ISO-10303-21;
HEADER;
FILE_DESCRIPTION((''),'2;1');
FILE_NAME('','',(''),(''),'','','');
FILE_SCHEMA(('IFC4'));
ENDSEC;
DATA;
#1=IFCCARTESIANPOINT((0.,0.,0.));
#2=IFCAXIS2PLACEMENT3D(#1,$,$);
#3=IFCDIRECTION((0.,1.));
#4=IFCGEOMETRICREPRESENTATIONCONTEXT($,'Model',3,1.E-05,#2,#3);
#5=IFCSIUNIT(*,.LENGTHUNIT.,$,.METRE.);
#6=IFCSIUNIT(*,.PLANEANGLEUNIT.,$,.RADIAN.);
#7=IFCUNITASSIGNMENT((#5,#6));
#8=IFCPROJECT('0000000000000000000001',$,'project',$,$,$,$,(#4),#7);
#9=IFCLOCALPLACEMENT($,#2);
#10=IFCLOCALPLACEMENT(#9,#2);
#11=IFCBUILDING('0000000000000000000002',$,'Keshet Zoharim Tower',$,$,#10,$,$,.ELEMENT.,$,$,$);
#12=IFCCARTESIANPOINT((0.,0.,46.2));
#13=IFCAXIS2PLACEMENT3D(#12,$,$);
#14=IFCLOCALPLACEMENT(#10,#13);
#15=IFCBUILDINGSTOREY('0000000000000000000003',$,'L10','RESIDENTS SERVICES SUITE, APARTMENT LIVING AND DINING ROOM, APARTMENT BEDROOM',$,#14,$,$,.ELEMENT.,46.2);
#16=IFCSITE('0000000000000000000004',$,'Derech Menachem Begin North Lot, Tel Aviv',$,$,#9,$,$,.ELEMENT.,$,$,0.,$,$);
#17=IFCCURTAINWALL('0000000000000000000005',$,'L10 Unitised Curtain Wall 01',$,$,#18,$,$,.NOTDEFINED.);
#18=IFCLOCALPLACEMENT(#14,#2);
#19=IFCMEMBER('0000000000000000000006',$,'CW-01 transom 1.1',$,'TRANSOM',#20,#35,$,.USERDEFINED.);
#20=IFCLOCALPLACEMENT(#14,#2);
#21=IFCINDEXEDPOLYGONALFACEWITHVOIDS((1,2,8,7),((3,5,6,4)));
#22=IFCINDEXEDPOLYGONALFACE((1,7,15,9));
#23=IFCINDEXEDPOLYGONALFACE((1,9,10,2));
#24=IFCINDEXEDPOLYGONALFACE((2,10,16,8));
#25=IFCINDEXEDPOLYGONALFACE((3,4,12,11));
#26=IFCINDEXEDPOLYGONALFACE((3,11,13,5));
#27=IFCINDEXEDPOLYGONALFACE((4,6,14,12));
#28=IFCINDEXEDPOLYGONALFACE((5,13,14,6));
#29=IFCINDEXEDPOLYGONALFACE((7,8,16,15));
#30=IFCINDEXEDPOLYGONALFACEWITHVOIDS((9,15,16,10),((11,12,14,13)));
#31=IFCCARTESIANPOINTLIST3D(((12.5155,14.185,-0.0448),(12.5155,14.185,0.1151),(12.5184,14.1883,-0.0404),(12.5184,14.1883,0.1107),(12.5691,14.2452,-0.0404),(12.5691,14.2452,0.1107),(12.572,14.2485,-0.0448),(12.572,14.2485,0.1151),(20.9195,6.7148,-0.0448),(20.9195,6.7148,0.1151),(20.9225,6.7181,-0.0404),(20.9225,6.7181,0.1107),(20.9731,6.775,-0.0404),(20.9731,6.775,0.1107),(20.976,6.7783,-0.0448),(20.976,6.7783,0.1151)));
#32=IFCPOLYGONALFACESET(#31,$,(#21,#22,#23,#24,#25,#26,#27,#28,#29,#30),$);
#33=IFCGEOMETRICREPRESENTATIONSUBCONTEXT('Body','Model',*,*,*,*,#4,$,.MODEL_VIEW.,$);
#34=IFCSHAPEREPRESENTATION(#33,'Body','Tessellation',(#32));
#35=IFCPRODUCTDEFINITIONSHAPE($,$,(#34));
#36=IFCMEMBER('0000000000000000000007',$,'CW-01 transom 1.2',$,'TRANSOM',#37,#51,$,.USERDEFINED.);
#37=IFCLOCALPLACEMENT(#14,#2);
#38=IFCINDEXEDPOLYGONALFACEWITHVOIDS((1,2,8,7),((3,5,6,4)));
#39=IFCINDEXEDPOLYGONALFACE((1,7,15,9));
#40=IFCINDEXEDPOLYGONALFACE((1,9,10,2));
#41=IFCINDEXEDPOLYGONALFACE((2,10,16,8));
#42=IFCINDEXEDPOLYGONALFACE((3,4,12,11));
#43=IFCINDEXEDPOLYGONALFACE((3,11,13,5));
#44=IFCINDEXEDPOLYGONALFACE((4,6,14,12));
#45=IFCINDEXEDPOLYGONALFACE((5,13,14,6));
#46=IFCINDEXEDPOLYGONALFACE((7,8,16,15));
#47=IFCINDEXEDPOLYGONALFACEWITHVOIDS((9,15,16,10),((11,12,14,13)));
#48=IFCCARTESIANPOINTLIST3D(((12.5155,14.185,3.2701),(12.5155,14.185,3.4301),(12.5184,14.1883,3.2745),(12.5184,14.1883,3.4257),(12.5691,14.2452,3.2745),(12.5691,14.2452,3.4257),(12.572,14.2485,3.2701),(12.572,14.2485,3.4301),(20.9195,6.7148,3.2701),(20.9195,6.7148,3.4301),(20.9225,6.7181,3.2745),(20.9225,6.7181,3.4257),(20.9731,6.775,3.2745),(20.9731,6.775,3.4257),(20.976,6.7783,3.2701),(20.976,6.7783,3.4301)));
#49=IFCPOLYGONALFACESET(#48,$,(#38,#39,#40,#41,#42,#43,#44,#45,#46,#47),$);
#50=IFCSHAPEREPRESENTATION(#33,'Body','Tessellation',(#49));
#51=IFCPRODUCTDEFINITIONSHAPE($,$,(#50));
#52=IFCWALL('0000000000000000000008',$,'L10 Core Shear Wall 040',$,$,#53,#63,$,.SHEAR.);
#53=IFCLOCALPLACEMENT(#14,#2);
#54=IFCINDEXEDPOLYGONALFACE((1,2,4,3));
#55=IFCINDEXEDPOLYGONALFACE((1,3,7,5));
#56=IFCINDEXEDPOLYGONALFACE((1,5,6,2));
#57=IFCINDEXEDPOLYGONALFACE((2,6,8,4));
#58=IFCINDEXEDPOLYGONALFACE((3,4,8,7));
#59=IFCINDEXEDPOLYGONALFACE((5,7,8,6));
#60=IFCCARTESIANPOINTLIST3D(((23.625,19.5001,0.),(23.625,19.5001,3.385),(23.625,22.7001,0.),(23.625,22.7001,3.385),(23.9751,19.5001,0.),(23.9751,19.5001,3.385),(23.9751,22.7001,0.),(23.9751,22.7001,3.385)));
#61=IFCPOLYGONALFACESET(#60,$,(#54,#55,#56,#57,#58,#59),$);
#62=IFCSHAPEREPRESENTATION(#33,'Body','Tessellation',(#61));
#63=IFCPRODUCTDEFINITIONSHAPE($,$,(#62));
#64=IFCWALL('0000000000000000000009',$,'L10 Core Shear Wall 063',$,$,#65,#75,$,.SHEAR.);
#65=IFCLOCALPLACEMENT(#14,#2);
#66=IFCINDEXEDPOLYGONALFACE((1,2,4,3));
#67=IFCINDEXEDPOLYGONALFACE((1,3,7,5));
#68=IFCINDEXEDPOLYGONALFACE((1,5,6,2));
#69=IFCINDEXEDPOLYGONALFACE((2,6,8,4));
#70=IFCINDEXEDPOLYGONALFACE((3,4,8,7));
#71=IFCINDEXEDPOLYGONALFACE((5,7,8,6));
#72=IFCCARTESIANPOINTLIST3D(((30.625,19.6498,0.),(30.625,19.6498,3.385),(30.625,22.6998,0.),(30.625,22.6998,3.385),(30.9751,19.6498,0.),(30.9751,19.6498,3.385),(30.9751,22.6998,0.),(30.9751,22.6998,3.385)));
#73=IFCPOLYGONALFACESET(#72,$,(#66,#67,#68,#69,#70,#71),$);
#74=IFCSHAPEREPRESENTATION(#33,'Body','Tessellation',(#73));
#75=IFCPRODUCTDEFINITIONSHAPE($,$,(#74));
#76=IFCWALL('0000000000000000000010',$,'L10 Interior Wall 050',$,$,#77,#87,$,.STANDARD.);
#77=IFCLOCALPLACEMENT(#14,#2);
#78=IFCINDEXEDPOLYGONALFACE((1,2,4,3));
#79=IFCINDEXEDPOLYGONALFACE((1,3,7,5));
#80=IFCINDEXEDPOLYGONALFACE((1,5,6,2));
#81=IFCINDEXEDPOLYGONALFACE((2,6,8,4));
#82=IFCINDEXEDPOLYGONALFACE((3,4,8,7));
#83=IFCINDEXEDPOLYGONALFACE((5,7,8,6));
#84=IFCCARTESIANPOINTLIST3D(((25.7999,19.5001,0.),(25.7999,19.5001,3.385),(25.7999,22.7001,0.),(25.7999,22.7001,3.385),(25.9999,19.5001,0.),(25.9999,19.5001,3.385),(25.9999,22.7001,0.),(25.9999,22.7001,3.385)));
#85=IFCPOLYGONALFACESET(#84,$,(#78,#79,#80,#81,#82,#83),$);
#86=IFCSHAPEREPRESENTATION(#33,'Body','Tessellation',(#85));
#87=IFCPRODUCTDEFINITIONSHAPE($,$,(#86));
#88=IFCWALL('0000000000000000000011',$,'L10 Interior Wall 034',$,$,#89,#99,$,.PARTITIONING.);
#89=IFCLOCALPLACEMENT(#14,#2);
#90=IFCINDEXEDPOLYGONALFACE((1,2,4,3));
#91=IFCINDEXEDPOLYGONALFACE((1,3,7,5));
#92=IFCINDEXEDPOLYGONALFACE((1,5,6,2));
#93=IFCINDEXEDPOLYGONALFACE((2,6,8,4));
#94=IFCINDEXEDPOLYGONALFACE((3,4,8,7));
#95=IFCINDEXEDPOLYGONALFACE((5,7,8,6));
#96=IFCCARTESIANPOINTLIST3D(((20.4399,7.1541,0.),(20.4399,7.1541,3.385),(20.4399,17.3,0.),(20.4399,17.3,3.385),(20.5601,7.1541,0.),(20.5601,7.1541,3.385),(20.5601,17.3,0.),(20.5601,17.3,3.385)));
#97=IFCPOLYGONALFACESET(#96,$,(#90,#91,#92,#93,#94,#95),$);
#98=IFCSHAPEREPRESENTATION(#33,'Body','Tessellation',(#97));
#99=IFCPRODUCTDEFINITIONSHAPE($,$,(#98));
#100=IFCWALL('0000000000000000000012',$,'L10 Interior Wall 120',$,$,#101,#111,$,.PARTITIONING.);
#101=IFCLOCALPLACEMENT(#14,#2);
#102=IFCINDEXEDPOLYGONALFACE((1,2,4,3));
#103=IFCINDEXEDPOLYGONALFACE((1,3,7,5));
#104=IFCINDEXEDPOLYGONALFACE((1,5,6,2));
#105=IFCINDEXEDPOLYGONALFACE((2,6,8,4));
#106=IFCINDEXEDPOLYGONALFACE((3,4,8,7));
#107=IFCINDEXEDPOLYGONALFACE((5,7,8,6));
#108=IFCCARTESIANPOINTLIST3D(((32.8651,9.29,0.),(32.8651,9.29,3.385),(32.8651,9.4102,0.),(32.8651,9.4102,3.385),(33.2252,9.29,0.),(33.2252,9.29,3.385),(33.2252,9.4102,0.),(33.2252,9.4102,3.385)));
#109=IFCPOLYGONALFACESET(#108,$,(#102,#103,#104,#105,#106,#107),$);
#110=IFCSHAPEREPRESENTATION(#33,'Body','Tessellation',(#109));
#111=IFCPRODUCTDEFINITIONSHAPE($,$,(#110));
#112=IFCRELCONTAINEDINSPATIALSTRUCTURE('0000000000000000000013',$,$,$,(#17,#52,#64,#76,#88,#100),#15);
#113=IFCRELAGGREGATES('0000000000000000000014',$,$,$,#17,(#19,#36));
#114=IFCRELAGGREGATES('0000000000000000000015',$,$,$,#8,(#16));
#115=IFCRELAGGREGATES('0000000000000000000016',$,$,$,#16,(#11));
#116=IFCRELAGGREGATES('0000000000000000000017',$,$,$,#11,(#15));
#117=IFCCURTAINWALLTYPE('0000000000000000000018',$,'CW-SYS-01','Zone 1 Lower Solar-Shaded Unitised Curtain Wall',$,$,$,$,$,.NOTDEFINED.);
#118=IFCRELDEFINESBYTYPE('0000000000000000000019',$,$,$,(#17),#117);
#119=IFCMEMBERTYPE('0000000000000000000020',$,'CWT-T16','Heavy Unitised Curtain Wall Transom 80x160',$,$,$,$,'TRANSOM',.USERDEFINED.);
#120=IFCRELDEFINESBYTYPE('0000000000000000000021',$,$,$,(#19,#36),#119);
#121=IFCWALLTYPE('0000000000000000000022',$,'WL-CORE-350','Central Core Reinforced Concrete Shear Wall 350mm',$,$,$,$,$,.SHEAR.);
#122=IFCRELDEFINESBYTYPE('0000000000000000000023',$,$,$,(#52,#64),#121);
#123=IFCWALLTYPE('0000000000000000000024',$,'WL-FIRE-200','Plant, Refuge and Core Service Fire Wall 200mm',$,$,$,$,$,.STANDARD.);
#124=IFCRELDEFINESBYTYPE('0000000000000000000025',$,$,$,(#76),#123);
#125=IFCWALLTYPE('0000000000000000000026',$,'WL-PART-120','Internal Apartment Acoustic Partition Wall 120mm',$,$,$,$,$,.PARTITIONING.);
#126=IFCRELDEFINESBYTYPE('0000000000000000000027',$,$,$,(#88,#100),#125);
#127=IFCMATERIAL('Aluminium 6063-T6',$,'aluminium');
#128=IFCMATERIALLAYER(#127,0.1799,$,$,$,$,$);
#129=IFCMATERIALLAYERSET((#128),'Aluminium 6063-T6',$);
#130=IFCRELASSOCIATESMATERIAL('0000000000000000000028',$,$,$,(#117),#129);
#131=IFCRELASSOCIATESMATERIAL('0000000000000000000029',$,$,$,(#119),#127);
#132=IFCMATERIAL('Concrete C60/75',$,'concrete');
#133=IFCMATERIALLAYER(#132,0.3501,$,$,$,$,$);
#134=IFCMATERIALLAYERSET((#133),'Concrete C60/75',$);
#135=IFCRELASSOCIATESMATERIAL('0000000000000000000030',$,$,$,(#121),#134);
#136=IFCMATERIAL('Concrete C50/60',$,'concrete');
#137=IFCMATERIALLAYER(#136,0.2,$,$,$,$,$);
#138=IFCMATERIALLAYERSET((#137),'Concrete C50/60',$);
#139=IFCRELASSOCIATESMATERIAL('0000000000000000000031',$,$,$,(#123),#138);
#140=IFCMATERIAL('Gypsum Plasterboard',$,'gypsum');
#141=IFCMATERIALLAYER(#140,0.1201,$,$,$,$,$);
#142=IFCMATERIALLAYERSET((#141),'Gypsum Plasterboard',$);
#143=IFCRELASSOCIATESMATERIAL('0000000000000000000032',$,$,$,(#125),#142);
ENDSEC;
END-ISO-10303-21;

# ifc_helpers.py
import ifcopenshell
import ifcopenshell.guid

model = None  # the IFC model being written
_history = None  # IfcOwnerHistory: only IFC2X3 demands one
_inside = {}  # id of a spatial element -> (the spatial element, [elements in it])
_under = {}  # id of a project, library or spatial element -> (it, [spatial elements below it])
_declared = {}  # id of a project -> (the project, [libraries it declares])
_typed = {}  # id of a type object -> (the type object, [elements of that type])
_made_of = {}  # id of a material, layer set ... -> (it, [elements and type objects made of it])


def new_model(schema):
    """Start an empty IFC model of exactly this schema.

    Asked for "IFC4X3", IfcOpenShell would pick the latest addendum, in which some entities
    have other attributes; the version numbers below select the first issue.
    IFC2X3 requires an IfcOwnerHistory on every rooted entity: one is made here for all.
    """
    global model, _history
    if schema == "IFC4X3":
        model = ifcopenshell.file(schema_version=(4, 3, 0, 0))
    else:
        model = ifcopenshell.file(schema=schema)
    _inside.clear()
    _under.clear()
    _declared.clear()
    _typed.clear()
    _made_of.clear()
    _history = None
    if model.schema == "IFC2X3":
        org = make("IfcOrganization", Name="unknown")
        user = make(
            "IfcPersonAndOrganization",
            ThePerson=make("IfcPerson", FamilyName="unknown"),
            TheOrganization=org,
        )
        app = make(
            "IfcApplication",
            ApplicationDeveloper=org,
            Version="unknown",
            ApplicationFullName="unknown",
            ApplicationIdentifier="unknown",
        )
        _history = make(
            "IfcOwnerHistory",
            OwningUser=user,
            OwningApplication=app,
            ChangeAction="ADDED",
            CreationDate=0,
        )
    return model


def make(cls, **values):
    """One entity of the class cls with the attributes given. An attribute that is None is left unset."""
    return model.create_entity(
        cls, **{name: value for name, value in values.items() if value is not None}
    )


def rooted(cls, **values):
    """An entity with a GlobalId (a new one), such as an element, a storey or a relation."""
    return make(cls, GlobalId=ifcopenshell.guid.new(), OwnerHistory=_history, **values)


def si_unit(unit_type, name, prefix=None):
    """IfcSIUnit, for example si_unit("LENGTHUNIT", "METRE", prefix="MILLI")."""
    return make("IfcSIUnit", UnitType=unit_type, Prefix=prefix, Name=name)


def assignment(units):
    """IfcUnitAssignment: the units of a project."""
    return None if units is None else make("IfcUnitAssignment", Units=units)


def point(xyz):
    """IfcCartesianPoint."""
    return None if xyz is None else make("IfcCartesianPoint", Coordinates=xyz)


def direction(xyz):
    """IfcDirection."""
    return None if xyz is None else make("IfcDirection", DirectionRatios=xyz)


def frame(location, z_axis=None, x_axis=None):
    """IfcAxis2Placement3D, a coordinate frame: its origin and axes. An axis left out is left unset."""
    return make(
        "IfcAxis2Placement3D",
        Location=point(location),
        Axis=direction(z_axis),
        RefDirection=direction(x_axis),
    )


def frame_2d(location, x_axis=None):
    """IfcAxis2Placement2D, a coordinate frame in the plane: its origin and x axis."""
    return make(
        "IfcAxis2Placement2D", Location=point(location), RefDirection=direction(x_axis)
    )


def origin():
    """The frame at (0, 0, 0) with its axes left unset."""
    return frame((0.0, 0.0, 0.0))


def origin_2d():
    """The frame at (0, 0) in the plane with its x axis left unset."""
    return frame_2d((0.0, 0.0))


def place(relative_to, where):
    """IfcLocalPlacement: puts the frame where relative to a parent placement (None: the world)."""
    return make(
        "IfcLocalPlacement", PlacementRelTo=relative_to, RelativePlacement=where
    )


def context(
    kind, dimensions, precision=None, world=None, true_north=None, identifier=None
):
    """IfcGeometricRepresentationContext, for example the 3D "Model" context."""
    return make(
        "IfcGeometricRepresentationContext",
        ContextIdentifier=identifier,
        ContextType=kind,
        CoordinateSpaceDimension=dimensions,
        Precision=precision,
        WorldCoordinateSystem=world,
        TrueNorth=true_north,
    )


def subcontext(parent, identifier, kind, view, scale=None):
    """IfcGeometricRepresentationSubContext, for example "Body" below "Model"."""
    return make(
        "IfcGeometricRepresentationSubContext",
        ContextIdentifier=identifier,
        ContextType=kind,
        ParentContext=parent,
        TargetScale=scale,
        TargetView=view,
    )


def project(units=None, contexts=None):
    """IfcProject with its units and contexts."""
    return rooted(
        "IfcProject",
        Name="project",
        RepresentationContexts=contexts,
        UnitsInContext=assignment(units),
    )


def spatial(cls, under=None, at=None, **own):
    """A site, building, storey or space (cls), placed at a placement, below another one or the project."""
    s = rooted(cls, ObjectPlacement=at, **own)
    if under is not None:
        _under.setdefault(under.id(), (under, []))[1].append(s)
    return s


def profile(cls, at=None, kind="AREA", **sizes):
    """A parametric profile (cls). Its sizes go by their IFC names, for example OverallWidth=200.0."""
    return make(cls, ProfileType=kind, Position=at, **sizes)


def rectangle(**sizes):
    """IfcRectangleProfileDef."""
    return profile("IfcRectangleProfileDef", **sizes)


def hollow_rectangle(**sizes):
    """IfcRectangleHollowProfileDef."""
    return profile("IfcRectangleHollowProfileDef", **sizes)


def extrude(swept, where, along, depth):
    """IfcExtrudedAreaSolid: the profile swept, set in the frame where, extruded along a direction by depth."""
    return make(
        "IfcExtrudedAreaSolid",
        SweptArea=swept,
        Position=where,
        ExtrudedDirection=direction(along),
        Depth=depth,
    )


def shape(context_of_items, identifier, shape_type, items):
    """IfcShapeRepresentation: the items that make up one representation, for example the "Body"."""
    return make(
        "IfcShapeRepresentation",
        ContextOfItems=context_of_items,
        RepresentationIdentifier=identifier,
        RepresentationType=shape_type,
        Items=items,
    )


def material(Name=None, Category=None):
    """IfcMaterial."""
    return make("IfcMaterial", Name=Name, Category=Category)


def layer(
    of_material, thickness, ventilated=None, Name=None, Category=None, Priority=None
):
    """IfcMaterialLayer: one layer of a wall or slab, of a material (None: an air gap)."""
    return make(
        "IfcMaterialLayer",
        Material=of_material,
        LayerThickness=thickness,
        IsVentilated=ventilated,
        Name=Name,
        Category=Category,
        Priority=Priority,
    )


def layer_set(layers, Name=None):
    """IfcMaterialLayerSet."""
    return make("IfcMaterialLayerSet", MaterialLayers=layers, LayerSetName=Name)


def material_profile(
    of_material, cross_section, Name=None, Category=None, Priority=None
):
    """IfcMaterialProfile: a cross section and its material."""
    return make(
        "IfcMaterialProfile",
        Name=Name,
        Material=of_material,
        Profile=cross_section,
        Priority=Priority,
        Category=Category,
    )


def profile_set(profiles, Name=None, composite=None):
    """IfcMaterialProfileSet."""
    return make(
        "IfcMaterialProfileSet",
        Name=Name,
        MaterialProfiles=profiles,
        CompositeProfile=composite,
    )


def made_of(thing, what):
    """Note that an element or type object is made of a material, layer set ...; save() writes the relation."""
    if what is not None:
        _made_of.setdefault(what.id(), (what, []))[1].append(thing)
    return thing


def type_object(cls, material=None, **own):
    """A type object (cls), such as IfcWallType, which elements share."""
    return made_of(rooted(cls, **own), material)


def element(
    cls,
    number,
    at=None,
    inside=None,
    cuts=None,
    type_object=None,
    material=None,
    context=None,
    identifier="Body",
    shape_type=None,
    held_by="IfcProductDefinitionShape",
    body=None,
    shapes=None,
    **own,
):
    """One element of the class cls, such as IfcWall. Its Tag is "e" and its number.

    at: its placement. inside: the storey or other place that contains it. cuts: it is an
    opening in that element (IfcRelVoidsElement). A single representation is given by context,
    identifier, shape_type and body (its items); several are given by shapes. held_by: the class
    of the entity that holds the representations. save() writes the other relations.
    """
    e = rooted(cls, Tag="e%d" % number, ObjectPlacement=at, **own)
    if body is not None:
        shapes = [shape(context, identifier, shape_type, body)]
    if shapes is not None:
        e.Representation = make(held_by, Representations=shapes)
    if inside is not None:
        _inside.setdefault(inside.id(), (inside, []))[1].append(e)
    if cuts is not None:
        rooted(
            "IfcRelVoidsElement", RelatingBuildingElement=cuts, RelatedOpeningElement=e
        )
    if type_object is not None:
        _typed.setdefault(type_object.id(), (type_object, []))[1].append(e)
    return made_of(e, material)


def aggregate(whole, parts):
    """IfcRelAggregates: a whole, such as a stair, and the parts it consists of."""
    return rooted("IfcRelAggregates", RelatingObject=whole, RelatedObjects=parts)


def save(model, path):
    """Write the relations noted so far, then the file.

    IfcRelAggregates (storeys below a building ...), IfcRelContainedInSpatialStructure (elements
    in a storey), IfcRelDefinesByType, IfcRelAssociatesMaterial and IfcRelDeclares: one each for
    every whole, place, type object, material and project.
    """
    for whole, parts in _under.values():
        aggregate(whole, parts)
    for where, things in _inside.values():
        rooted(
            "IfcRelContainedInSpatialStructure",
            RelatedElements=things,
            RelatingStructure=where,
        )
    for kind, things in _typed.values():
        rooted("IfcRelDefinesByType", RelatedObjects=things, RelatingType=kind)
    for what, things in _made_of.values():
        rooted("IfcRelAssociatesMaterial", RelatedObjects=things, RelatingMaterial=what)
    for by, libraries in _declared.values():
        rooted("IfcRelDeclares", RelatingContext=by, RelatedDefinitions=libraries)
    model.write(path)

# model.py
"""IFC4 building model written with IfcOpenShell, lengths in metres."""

from ifc_helpers import new_model, si_unit, direction, frame, frame_2d, origin, origin_2d, place, context, subcontext, project, spatial, rectangle, hollow_rectangle, extrude, material, layer, layer_set, material_profile, profile_set, type_object, element, aggregate, save


model = new_model("IFC4")

# Units and contexts
model_context = context("Model", 3, precision=1e-05, world=origin(), true_north=direction((0.0, 1.0)))
body_context = subcontext(model_context, "Body", "Model", "MODEL_VIEW")
ifc_project = project(units=[si_unit("LENGTHUNIT", "METRE"), si_unit("PLANEANGLEUNIT", "RADIAN")], contexts=[model_context])

# Site, building, storey
site_placement = place(None, origin())
site = spatial("IfcSite", under=ifc_project, at=site_placement, Name="Derech Menachem Begin North Lot, Tel Aviv", CompositionType="ELEMENT", RefElevation=0.0)
building_placement = place(site_placement, origin())
building = spatial("IfcBuilding", under=site, at=building_placement, Name="Keshet Zoharim Tower", CompositionType="ELEMENT")
storey_placement = place(building_placement, frame((0.0, 0.0, 46.2)))
storey = spatial("IfcBuildingStorey", under=building, at=storey_placement, Name="L10", Description="RESIDENTS SERVICES SUITE, APARTMENT LIVING AND DINING ROOM, APARTMENT BEDROOM", CompositionType="ELEMENT", Elevation=46.2)

# Shared definitions
ifc_material_1 = material(Name="Concrete C60/75", Category="concrete")

# Curtain wall, members
ifc_material_2 = material(Name="Aluminium 6063-T6", Category="aluminium")
ifc_layer_1 = layer(ifc_material_2, 0.1799)
ifc_layer_set_1 = layer_set([ifc_layer_1], Name="Aluminium 6063-T6")
curtain_wall_type = type_object("IfcCurtainWallType", Name="CW-SYS-01", Description="Zone 1 Lower Solar-Shaded Unitised Curtain Wall", PredefinedType="NOTDEFINED", material=ifc_layer_set_1)
curtain_wall_placement = place(storey_placement, origin())
curtain_wall = element("IfcCurtainWall", 1, at=curtain_wall_placement, inside=storey, type_object=curtain_wall_type, Name="L10 Unitised Curtain Wall 01", PredefinedType="NOTDEFINED")
ifc_material_profile_1 = material_profile(ifc_material_2, hollow_rectangle(XDim=0.085, YDim=0.1599, WallThickness=0.0044, at=origin_2d()), Name="TRN-85x160")
ifc_profile_set_1 = profile_set([ifc_material_profile_1], Name="Aluminium 6063-T6")
member_type_1 = type_object("IfcMemberType", Name="CWT-T16", Description="Heavy Unitised Curtain Wall Transom 80x160", ElementType="TRANSOM", PredefinedType="USERDEFINED", material=ifc_profile_set_1)
member_1_placement = place(storey_placement, frame((20.9478, 6.7466, 0.0352), z_axis=(-0.747412, 0.664361, 0.0), x_axis=(-0.664361, -0.747412, 0.0)))
member_1 = element("IfcMember", 2, at=member_1_placement, type_object=member_type_1, Name="CW-01 transom 1.1", ObjectType="TRANSOM", PredefinedType="USERDEFINED", context=body_context, shape_type="SweptSolid", body=[
    extrude(hollow_rectangle(XDim=0.085, YDim=0.1599, WallThickness=0.0044, at=origin_2d()), origin(), (0.0, 0.0, 1.0), 11.2441),
])
member_2_placement = place(storey_placement, frame((20.9478, 6.7466, 3.3501), z_axis=(-0.747412, 0.664361, 0.0), x_axis=(-0.664361, -0.747412, 0.0)))
member_2 = element("IfcMember", 3, at=member_2_placement, type_object=member_type_1, Name="CW-01 transom 1.2", ObjectType="TRANSOM", PredefinedType="USERDEFINED", context=body_context, shape_type="SweptSolid", body=[
    extrude(hollow_rectangle(XDim=0.085, YDim=0.1599, WallThickness=0.0044, at=origin_2d()), origin(), (0.0, 0.0, 1.0), 11.2441),
])
aggregate(curtain_wall, [member_1, member_2])

# Shared definitions
ifc_material_3 = material(Name="Gypsum Plasterboard", Category="gypsum")

# Walls
ifc_layer_2 = layer(ifc_material_1, 0.3501)
ifc_layer_set_2 = layer_set([ifc_layer_2], Name="Concrete C60/75")
wall_type_1 = type_object("IfcWallType", Name="WL-CORE-350", Description="Central Core Reinforced Concrete Shear Wall 350mm", PredefinedType="SHEAR", material=ifc_layer_set_2)
wall_1_placement = place(storey_placement, frame((23.8, 19.5, 0.0), z_axis=(0.0, 0.0, 1.0), x_axis=(0.0, 1.0, 0.0)))
element("IfcWall", 4, at=wall_1_placement, inside=storey, type_object=wall_type_1, Name="L10 Core Shear Wall 040", PredefinedType="SHEAR", context=body_context, shape_type="SweptSolid", body=[
    extrude(rectangle(XDim=3.2, YDim=0.3501, at=frame_2d((1.6001, 0.0))), origin(), (0.0, 0.0, 1.0), 3.385),
])
wall_2_placement = place(storey_placement, frame((30.8, 19.6499, 0.0), z_axis=(0.0, 0.0, 1.0), x_axis=(0.0, 1.0, 0.0)))
element("IfcWall", 5, at=wall_2_placement, inside=storey, type_object=wall_type_1, Name="L10 Core Shear Wall 063", PredefinedType="SHEAR", context=body_context, shape_type="SweptSolid", body=[
    extrude(rectangle(XDim=3.05, YDim=0.3501, at=frame_2d((1.5249, 0.0))), origin(), (0.0, 0.0, 1.0), 3.385),
])

# Wall
ifc_material_4 = material(Name="Concrete C50/60", Category="concrete")
ifc_layer_3 = layer(ifc_material_4, 0.2)
ifc_layer_set_3 = layer_set([ifc_layer_3], Name="Concrete C50/60")
wall_type_2 = type_object("IfcWallType", Name="WL-FIRE-200", Description="Plant, Refuge and Core Service Fire Wall 200mm", PredefinedType="STANDARD", material=ifc_layer_set_3)
wall_3_placement = place(storey_placement, frame((25.8999, 19.5, 0.0), z_axis=(0.0, 0.0, 1.0), x_axis=(0.0, 1.0, 0.0)))
element("IfcWall", 6, at=wall_3_placement, inside=storey, type_object=wall_type_2, Name="L10 Interior Wall 050", PredefinedType="STANDARD", context=body_context, shape_type="SweptSolid", body=[
    extrude(rectangle(XDim=3.2, YDim=0.2, at=frame_2d((1.6001, 0.0))), origin(), (0.0, 0.0, 1.0), 3.385),
])

# Walls
ifc_layer_4 = layer(ifc_material_3, 0.1201)
ifc_layer_set_4 = layer_set([ifc_layer_4], Name="Gypsum Plasterboard")
wall_type_3 = type_object("IfcWallType", Name="WL-PART-120", Description="Internal Apartment Acoustic Partition Wall 120mm", PredefinedType="PARTITIONING", material=ifc_layer_set_4)
wall_4_placement = place(storey_placement, frame((20.5, 7.1541, 0.0), z_axis=(0.0, 0.0, 1.0), x_axis=(0.0, 1.0, 0.0)))
element("IfcWall", 7, at=wall_4_placement, inside=storey, type_object=wall_type_3, Name="L10 Interior Wall 034", PredefinedType="PARTITIONING", context=body_context, shape_type="SweptSolid", body=[
    extrude(rectangle(XDim=10.146, YDim=0.1201, at=frame_2d((5.073, 0.0))), origin(), (0.0, 0.0, 1.0), 3.385),
])
wall_5_placement = place(storey_placement, frame((32.865, 9.3501, 0.0), z_axis=(0.0, 0.0, 1.0), x_axis=(1.0, 0.0, 0.0)))
element("IfcWall", 8, at=wall_5_placement, inside=storey, type_object=wall_type_3, Name="L10 Interior Wall 120", PredefinedType="PARTITIONING", context=body_context, shape_type="SweptSolid", body=[
    extrude(rectangle(XDim=0.3601, YDim=0.1201, at=frame_2d((0.1802, 0.0))), origin(), (0.0, 0.0, 1.0), 3.385),
])

save(model, "model.ifc")
